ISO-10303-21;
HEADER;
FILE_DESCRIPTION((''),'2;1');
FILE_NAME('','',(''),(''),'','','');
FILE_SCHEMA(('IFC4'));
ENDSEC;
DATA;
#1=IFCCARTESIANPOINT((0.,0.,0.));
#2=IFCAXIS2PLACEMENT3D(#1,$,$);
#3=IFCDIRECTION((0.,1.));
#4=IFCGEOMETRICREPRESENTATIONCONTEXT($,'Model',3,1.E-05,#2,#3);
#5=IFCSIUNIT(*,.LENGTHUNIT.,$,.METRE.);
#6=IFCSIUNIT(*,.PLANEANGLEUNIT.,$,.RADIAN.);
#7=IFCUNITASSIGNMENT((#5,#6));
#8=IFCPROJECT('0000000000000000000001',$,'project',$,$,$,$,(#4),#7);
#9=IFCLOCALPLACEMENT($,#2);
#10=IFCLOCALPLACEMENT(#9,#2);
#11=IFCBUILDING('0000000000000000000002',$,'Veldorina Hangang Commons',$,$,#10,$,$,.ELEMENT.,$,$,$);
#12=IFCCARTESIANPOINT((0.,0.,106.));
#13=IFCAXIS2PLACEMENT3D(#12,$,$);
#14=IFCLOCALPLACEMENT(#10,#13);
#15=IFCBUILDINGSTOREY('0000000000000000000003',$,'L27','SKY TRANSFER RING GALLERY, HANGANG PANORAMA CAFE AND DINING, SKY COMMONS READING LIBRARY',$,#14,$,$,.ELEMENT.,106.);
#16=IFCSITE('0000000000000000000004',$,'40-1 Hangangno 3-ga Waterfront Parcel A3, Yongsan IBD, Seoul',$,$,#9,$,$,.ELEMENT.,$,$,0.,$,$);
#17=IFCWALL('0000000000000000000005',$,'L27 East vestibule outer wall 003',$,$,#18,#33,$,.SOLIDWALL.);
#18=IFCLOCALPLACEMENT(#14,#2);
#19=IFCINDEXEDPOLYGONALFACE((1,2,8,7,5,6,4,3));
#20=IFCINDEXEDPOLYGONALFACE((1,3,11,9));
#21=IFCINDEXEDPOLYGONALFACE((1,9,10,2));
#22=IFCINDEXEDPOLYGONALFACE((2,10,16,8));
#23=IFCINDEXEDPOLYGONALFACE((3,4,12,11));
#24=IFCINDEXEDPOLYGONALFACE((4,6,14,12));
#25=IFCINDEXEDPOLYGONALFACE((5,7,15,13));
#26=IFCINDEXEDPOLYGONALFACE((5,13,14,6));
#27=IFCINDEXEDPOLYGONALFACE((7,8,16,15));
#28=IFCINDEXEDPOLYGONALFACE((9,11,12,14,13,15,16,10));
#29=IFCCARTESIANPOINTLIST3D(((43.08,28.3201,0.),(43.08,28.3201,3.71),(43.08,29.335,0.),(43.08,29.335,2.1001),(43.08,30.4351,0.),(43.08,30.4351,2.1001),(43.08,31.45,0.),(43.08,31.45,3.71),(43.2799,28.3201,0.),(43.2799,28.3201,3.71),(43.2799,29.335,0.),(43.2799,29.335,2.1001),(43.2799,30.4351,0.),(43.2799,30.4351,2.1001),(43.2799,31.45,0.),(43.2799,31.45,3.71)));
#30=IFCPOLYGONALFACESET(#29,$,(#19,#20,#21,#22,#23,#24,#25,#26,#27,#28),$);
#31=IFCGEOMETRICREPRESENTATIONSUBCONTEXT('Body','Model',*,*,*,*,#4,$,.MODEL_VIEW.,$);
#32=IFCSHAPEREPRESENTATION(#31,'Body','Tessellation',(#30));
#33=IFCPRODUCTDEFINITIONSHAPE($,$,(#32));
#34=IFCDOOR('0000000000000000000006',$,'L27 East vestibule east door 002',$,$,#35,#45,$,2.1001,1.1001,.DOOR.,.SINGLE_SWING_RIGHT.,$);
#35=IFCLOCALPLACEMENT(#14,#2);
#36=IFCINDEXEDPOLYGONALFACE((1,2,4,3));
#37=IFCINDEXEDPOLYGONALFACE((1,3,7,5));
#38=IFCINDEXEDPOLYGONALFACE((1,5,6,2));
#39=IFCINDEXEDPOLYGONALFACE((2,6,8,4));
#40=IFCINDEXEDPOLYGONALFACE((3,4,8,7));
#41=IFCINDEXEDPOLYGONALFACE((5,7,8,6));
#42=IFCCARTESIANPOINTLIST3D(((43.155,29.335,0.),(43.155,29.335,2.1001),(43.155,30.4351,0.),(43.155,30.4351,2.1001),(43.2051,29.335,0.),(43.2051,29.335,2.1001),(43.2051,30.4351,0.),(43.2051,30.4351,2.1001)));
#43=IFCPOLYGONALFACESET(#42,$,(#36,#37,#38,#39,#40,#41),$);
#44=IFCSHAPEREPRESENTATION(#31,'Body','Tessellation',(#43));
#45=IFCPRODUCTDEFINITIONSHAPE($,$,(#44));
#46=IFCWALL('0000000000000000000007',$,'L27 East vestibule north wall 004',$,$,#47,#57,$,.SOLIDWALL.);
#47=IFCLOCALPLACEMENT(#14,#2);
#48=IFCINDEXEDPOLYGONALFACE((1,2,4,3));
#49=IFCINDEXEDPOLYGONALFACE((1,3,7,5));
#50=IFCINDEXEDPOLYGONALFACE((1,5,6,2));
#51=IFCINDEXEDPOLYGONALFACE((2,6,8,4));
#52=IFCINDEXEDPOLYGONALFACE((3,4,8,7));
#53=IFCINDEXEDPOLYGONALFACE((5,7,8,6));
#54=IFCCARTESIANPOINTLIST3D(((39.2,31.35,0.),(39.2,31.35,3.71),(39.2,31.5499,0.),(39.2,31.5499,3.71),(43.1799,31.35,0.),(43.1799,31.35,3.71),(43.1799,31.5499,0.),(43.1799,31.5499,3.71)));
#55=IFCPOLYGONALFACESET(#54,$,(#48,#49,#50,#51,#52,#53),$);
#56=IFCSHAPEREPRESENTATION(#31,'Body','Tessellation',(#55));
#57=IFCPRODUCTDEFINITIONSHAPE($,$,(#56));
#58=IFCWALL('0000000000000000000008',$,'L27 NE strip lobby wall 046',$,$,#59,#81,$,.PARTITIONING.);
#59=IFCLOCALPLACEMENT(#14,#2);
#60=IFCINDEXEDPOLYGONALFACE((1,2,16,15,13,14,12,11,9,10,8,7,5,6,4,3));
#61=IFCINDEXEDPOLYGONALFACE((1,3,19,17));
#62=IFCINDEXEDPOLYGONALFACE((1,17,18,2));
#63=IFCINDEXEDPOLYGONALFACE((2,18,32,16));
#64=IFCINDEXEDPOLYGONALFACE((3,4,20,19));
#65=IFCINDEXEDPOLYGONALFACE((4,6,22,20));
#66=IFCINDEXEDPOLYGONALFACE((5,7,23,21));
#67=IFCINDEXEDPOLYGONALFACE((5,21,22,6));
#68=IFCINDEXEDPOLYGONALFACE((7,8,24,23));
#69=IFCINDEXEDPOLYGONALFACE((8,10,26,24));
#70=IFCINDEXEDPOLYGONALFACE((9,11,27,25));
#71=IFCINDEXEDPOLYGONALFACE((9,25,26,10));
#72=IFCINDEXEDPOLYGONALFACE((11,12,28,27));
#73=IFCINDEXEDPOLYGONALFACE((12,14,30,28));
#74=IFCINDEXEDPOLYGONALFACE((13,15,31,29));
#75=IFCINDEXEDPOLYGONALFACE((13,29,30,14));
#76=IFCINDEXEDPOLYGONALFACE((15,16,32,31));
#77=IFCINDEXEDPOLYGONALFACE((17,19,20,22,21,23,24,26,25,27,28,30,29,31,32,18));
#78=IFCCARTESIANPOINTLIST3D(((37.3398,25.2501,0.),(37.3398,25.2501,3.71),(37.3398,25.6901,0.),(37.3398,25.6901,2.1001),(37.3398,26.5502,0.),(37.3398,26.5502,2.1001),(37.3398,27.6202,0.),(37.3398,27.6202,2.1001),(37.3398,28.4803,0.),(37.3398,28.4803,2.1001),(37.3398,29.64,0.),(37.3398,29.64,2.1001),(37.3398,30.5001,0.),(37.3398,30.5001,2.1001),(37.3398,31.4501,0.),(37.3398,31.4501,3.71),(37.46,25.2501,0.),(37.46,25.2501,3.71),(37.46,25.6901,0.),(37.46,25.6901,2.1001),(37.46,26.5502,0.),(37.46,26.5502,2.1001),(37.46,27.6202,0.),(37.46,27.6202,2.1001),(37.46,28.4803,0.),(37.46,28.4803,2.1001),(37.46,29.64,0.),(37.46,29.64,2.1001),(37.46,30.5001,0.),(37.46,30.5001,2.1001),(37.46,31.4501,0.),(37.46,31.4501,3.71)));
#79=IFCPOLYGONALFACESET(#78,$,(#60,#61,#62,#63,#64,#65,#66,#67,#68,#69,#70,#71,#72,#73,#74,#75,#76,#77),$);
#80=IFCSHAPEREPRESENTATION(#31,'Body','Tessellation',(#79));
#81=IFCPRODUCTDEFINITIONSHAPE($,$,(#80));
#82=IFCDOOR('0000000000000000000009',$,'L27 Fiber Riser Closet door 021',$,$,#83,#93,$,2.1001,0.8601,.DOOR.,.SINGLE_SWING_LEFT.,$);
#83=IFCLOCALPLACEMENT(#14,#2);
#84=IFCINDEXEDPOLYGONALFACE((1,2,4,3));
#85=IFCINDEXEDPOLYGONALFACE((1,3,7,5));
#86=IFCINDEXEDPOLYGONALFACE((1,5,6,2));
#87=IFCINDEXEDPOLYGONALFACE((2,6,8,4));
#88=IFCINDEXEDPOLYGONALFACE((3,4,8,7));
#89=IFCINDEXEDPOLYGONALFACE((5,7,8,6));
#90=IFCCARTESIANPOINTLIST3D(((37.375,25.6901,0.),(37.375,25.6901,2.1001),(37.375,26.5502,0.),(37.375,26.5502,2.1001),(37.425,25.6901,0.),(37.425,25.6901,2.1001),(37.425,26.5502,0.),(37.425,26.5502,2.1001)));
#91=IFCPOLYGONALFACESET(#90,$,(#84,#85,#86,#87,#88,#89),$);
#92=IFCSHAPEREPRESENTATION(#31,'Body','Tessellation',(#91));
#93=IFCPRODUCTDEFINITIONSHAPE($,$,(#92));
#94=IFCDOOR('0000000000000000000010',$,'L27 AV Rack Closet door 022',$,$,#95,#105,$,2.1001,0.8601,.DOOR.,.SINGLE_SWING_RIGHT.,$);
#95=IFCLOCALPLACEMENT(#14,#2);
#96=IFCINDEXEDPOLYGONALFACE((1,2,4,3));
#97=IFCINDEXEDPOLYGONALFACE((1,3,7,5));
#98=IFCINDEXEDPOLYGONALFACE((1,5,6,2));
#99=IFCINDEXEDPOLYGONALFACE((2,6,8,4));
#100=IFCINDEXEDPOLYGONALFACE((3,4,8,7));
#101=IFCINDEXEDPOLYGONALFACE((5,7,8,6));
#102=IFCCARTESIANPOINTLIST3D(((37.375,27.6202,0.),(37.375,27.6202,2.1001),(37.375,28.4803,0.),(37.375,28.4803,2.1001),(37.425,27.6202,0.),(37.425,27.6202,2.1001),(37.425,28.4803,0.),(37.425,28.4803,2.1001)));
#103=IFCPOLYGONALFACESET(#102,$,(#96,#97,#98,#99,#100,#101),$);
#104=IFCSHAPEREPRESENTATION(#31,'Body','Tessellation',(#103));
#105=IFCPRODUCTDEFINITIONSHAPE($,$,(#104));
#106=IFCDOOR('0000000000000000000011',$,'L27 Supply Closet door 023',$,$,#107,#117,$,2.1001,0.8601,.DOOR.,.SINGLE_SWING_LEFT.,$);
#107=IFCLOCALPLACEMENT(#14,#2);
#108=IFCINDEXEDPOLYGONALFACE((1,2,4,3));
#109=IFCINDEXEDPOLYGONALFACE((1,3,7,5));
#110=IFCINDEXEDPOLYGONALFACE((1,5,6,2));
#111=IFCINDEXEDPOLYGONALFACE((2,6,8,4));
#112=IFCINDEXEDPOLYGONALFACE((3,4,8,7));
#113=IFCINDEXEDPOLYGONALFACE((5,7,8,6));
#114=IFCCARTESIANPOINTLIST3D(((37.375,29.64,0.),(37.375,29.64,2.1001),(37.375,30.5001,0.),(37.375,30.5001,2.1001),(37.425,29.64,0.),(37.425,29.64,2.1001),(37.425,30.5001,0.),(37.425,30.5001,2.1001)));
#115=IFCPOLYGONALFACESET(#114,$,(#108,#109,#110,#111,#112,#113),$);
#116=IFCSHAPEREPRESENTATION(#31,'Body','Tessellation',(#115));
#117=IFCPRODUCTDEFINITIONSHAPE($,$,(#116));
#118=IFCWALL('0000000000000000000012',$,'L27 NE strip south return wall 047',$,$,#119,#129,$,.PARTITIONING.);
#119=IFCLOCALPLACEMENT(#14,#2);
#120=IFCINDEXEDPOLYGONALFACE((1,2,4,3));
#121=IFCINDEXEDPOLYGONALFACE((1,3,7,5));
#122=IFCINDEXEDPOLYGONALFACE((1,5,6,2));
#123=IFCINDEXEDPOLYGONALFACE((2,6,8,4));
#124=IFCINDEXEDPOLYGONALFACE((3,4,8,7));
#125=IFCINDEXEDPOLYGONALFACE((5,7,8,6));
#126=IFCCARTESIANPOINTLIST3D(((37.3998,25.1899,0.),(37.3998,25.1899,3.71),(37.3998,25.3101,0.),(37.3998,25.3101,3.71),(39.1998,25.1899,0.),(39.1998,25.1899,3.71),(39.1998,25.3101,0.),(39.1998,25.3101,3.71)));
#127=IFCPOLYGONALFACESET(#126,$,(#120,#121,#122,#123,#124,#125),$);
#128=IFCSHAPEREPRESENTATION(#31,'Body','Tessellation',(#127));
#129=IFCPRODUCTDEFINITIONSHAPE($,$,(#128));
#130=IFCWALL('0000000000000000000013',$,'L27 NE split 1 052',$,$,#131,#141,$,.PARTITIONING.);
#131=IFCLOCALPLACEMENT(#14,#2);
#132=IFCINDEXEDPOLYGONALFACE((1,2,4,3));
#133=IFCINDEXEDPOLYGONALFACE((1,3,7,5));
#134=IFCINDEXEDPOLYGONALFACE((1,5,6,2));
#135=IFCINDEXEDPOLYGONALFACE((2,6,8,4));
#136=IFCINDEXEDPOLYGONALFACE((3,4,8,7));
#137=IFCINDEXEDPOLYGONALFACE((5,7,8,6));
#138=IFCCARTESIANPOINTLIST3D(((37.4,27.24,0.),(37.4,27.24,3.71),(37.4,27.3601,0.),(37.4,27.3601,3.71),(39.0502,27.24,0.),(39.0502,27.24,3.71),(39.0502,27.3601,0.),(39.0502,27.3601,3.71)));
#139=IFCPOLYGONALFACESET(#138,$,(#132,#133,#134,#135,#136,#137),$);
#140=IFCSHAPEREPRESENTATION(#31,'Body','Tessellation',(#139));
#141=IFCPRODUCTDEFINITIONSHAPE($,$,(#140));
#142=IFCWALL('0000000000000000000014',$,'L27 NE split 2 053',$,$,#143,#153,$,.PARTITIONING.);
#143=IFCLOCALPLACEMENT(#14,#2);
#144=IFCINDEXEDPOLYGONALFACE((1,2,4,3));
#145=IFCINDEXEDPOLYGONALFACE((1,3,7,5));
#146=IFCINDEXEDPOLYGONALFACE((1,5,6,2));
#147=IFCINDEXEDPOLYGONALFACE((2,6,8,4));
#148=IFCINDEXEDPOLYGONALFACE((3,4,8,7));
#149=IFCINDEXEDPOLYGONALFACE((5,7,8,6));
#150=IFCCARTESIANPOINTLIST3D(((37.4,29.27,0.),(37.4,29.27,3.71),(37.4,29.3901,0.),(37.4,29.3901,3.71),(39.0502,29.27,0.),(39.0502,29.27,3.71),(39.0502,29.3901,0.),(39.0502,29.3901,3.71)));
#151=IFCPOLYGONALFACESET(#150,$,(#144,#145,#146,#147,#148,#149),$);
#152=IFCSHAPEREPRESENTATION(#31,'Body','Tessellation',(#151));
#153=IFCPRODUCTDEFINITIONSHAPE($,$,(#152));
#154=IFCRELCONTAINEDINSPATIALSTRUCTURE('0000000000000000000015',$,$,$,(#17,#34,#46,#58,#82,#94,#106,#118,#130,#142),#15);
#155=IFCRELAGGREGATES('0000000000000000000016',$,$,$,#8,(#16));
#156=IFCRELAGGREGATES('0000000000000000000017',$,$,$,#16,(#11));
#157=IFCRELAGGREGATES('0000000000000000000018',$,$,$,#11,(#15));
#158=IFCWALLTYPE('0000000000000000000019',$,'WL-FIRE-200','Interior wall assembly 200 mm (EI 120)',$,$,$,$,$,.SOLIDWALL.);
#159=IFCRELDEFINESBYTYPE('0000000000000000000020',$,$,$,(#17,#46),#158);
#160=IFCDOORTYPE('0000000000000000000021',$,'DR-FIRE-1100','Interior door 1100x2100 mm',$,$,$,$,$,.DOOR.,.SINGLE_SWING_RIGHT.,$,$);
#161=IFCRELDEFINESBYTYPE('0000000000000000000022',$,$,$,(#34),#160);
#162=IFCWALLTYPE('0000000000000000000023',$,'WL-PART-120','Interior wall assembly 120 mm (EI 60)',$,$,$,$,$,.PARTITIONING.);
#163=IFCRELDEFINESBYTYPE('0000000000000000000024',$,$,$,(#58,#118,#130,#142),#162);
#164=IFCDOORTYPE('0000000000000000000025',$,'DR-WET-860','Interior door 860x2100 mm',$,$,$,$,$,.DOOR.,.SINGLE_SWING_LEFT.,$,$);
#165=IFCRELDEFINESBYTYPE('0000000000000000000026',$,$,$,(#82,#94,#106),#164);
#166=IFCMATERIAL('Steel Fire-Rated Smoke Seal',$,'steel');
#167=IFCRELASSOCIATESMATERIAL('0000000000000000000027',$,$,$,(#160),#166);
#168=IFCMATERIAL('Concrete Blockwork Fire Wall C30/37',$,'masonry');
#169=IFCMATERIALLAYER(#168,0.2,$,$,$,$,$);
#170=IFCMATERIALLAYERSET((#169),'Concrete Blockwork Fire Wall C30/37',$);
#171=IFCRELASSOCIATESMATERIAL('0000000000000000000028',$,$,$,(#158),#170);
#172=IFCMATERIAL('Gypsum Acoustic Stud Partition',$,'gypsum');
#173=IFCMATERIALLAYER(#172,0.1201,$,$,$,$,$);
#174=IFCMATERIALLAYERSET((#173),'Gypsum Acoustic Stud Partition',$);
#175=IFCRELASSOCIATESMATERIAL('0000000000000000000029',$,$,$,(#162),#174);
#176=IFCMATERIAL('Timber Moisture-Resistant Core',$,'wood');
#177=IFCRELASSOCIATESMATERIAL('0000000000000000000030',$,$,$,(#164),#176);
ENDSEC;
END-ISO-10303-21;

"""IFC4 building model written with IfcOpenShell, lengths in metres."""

from ifc_helpers import new_model, si_unit, direction, frame, frame_2d, origin, place, context, subcontext, project, spatial, rectangle, extrude, material, layer, layer_set, type_object, element, fill, save


model = new_model("IFC4")

# Units and contexts
model_context = context("Model", 3, precision=1e-05, world=origin(), true_north=direction((0.0, 1.0)))
body_context = subcontext(model_context, "Body", "Model", "MODEL_VIEW")
ifc_project = project(units=[si_unit("LENGTHUNIT", "METRE"), si_unit("PLANEANGLEUNIT", "RADIAN")], contexts=[model_context])

# Site, building, storey
site_placement = place(None, origin())
site = spatial("IfcSite", under=ifc_project, at=site_placement, Name="40-1 Hangangno 3-ga Waterfront Parcel A3, Yongsan IBD, Seoul", CompositionType="ELEMENT", RefElevation=0.0)
building_placement = place(site_placement, origin())
building = spatial("IfcBuilding", under=site, at=building_placement, Name="Veldorina Hangang Commons", CompositionType="ELEMENT")
storey_placement = place(building_placement, frame((0.0, 0.0, 106.0)))
storey = spatial("IfcBuildingStorey", under=building, at=storey_placement, Name="L27", Description="SKY TRANSFER RING GALLERY, HANGANG PANORAMA CAFE AND DINING, SKY COMMONS READING LIBRARY", CompositionType="ELEMENT", Elevation=106.0)

# Shared definitions
ifc_material_1 = material(Name="Steel Fire-Rated Smoke Seal", Category="steel")
door_type_1 = type_object("IfcDoorType", Name="DR-FIRE-1100", Description="Interior door 1100x2100 mm", OperationType="SINGLE_SWING_RIGHT", PredefinedType="DOOR", material=ifc_material_1)

# Wall, opening, door
ifc_material_2 = material(Name="Concrete Blockwork Fire Wall C30/37", Category="masonry")
ifc_layer_1 = layer(ifc_material_2, 0.2)
ifc_layer_set_1 = layer_set([ifc_layer_1], Name="Concrete Blockwork Fire Wall C30/37")
wall_type_1 = type_object("IfcWallType", Name="WL-FIRE-200", Description="Interior wall assembly 200 mm (EI 120)", PredefinedType="SOLIDWALL", material=ifc_layer_set_1)
wall_1_placement = place(storey_placement, frame((43.1799, 28.3201, 0.0), z_axis=(0.0, 0.0, 1.0), x_axis=(0.0, 1.0, 0.0)))
wall_1 = element("IfcWall", 1, at=wall_1_placement, inside=storey, type_object=wall_type_1, Name="L27 East vestibule outer wall 003", PredefinedType="SOLIDWALL", context=body_context, shape_type="SweptSolid", body=[
    extrude(rectangle(XDim=3.1299, YDim=0.2, at=frame_2d((1.5649, 0.0))), origin(), (0.0, 0.0, 1.0), 3.71),
])
opening_1_placement = place(wall_1_placement, frame((1.0149, 0.0, 0.0)))
opening_1 = element("IfcOpeningElement", 2, at=opening_1_placement, cuts=wall_1, PredefinedType="OPENING", context=body_context, shape_type="SweptSolid", body=[
    extrude(rectangle(XDim=1.1001, YDim=2.1001, at=frame_2d((0.55, 1.05))), frame((0.0, 0.1099, 0.0), z_axis=(0.0, -1.0, 0.0), x_axis=(1.0, 0.0, 0.0)), (0.0, 0.0, 1.0), 0.22),
])
door_1_placement = place(opening_1_placement, origin())
door_1 = element("IfcDoor", 3, at=door_1_placement, inside=storey, type_object=door_type_1, Name="L27 East vestibule east door 002", OperationType="SINGLE_SWING_RIGHT", OverallHeight=2.1001, OverallWidth=1.1001, PredefinedType="DOOR", context=body_context, shape_type="SweptSolid", body=[
    extrude(rectangle(XDim=1.1001, YDim=2.1001, at=frame_2d((0.55, 1.05))), frame((0.0, 0.0249, 0.0), z_axis=(0.0, -1.0, 0.0), x_axis=(1.0, 0.0, 0.0)), (0.0, 0.0, 1.0), 0.05),
])
fill(opening_1, door_1)

# Wall
wall_2_placement = place(storey_placement, frame((39.2, 31.45, 0.0), z_axis=(0.0, 0.0, 1.0), x_axis=(1.0, 0.0, 0.0)))
element("IfcWall", 4, at=wall_2_placement, inside=storey, type_object=wall_type_1, Name="L27 East vestibule north wall 004", PredefinedType="SOLIDWALL", context=body_context, shape_type="SweptSolid", body=[
    extrude(rectangle(XDim=3.98, YDim=0.2, at=frame_2d((1.99, 0.0))), origin(), (0.0, 0.0, 1.0), 3.71),
])

# Wall, openings, doors
ifc_material_3 = material(Name="Gypsum Acoustic Stud Partition", Category="gypsum")
ifc_layer_2 = layer(ifc_material_3, 0.1201)
ifc_layer_set_2 = layer_set([ifc_layer_2], Name="Gypsum Acoustic Stud Partition")
wall_type_2 = type_object("IfcWallType", Name="WL-PART-120", Description="Interior wall assembly 120 mm (EI 60)", PredefinedType="PARTITIONING", material=ifc_layer_set_2)
wall_3_placement = place(storey_placement, frame((37.3999, 25.25, 0.0), z_axis=(0.0, 0.0, 1.0), x_axis=(0.0, 1.0, 0.0)))
wall_3 = element("IfcWall", 5, at=wall_3_placement, inside=storey, type_object=wall_type_2, Name="L27 NE strip lobby wall 046", PredefinedType="PARTITIONING", context=body_context, shape_type="SweptSolid", body=[
    extrude(rectangle(XDim=6.2, YDim=0.1201, at=frame_2d((3.1001, 0.0))), origin(), (0.0, 0.0, 1.0), 3.71),
])
opening_2_placement = place(wall_3_placement, frame((0.4399, 0.0, 0.0)))
opening_2 = element("IfcOpeningElement", 6, at=opening_2_placement, cuts=wall_3, PredefinedType="OPENING", context=body_context, shape_type="SweptSolid", body=[
    extrude(rectangle(XDim=0.8601, YDim=2.1001, at=frame_2d((0.4302, 1.05))), frame((0.0, 0.0701, 0.0), z_axis=(0.0, -1.0, 0.0), x_axis=(1.0, 0.0, 0.0)), (0.0, 0.0, 1.0), 0.1401),
])
opening_3_placement = place(wall_3_placement, frame((2.3701, 0.0, 0.0)))
opening_3 = element("IfcOpeningElement", 7, at=opening_3_placement, cuts=wall_3, PredefinedType="OPENING", context=body_context, shape_type="SweptSolid", body=[
    extrude(rectangle(XDim=0.8601, YDim=2.1001, at=frame_2d((0.4302, 1.05))), frame((0.0, 0.0701, 0.0), z_axis=(0.0, -1.0, 0.0), x_axis=(1.0, 0.0, 0.0)), (0.0, 0.0, 1.0), 0.1401),
])
opening_4_placement = place(wall_3_placement, frame((4.3899, 0.0, 0.0)))
opening_4 = element("IfcOpeningElement", 8, at=opening_4_placement, cuts=wall_3, PredefinedType="OPENING", context=body_context, shape_type="SweptSolid", body=[
    extrude(rectangle(XDim=0.8601, YDim=2.1001, at=frame_2d((0.4302, 1.05))), frame((0.0, 0.0701, 0.0), z_axis=(0.0, -1.0, 0.0), x_axis=(1.0, 0.0, 0.0)), (0.0, 0.0, 1.0), 0.1401),
])
ifc_material_4 = material(Name="Timber Moisture-Resistant Core", Category="wood")
door_type_2 = type_object("IfcDoorType", Name="DR-WET-860", Description="Interior door 860x2100 mm", OperationType="SINGLE_SWING_LEFT", PredefinedType="DOOR", material=ifc_material_4)
door_2_placement = place(opening_2_placement, origin())
door_2 = element("IfcDoor", 9, at=door_2_placement, inside=storey, type_object=door_type_2, Name="L27 Fiber Riser Closet door 021", OperationType="SINGLE_SWING_LEFT", OverallHeight=2.1001, OverallWidth=0.8601, PredefinedType="DOOR", context=body_context, shape_type="SweptSolid", body=[
    extrude(rectangle(XDim=0.8601, YDim=2.1001, at=frame_2d((0.4302, 1.05))), frame((0.0, 0.0249, 0.0), z_axis=(0.0, -1.0, 0.0), x_axis=(1.0, 0.0, 0.0)), (0.0, 0.0, 1.0), 0.05),
])
fill(opening_2, door_2)
door_3_placement = place(opening_3_placement, origin())
door_3 = element("IfcDoor", 10, at=door_3_placement, inside=storey, type_object=door_type_2, Name="L27 AV Rack Closet door 022", OperationType="SINGLE_SWING_RIGHT", OverallHeight=2.1001, OverallWidth=0.8601, PredefinedType="DOOR", context=body_context, shape_type="SweptSolid", body=[
    extrude(rectangle(XDim=0.8601, YDim=2.1001, at=frame_2d((0.4302, 1.05))), frame((0.0, 0.0249, 0.0), z_axis=(0.0, -1.0, 0.0), x_axis=(1.0, 0.0, 0.0)), (0.0, 0.0, 1.0), 0.05),
])
fill(opening_3, door_3)
door_4_placement = place(opening_4_placement, origin())
door_4 = element("IfcDoor", 11, at=door_4_placement, inside=storey, type_object=door_type_2, Name="L27 Supply Closet door 023", OperationType="SINGLE_SWING_LEFT", OverallHeight=2.1001, OverallWidth=0.8601, PredefinedType="DOOR", context=body_context, shape_type="SweptSolid", body=[
    extrude(rectangle(XDim=0.8601, YDim=2.1001, at=frame_2d((0.4302, 1.05))), frame((0.0, 0.0249, 0.0), z_axis=(0.0, -1.0, 0.0), x_axis=(1.0, 0.0, 0.0)), (0.0, 0.0, 1.0), 0.05),
])
fill(opening_4, door_4)

# Walls
wall_4_placement = place(storey_placement, frame((37.3999, 25.25, 0.0), z_axis=(0.0, 0.0, 1.0), x_axis=(1.0, 0.0, 0.0)))
element("IfcWall", 12, at=wall_4_placement, inside=storey, type_object=wall_type_2, Name="L27 NE strip south return wall 047", PredefinedType="PARTITIONING", context=body_context, shape_type="SweptSolid", body=[
    extrude(rectangle(XDim=1.8, YDim=0.1201, at=frame_2d((0.8999, 0.0))), origin(), (0.0, 0.0, 1.0), 3.71),
])
for number, where, z_axis, x_axis, name in (
    (13, (37.3999, 27.3, 0.0), (0.0, 0.0, 1.0), (1.0, 0.0, 0.0), "L27 NE split 1 052"),
    (14, (37.3999, 29.3301, 0.0), (0.0, 0.0, 1.0), (1.0, 0.0, 0.0), "L27 NE split 2 053"),
):
    element("IfcWall", number, at=place(storey_placement, frame(where, z_axis=z_axis, x_axis=x_axis)), inside=storey, type_object=wall_type_2, Name=name, PredefinedType="PARTITIONING", context=body_context, shape_type="SweptSolid", body=[
        extrude(rectangle(XDim=1.6501, YDim=0.1201, at=frame_2d((0.8252, 0.0))), origin(), (0.0, 0.0, 1.0), 3.71),
    ])

save(model, "model.ifc")
